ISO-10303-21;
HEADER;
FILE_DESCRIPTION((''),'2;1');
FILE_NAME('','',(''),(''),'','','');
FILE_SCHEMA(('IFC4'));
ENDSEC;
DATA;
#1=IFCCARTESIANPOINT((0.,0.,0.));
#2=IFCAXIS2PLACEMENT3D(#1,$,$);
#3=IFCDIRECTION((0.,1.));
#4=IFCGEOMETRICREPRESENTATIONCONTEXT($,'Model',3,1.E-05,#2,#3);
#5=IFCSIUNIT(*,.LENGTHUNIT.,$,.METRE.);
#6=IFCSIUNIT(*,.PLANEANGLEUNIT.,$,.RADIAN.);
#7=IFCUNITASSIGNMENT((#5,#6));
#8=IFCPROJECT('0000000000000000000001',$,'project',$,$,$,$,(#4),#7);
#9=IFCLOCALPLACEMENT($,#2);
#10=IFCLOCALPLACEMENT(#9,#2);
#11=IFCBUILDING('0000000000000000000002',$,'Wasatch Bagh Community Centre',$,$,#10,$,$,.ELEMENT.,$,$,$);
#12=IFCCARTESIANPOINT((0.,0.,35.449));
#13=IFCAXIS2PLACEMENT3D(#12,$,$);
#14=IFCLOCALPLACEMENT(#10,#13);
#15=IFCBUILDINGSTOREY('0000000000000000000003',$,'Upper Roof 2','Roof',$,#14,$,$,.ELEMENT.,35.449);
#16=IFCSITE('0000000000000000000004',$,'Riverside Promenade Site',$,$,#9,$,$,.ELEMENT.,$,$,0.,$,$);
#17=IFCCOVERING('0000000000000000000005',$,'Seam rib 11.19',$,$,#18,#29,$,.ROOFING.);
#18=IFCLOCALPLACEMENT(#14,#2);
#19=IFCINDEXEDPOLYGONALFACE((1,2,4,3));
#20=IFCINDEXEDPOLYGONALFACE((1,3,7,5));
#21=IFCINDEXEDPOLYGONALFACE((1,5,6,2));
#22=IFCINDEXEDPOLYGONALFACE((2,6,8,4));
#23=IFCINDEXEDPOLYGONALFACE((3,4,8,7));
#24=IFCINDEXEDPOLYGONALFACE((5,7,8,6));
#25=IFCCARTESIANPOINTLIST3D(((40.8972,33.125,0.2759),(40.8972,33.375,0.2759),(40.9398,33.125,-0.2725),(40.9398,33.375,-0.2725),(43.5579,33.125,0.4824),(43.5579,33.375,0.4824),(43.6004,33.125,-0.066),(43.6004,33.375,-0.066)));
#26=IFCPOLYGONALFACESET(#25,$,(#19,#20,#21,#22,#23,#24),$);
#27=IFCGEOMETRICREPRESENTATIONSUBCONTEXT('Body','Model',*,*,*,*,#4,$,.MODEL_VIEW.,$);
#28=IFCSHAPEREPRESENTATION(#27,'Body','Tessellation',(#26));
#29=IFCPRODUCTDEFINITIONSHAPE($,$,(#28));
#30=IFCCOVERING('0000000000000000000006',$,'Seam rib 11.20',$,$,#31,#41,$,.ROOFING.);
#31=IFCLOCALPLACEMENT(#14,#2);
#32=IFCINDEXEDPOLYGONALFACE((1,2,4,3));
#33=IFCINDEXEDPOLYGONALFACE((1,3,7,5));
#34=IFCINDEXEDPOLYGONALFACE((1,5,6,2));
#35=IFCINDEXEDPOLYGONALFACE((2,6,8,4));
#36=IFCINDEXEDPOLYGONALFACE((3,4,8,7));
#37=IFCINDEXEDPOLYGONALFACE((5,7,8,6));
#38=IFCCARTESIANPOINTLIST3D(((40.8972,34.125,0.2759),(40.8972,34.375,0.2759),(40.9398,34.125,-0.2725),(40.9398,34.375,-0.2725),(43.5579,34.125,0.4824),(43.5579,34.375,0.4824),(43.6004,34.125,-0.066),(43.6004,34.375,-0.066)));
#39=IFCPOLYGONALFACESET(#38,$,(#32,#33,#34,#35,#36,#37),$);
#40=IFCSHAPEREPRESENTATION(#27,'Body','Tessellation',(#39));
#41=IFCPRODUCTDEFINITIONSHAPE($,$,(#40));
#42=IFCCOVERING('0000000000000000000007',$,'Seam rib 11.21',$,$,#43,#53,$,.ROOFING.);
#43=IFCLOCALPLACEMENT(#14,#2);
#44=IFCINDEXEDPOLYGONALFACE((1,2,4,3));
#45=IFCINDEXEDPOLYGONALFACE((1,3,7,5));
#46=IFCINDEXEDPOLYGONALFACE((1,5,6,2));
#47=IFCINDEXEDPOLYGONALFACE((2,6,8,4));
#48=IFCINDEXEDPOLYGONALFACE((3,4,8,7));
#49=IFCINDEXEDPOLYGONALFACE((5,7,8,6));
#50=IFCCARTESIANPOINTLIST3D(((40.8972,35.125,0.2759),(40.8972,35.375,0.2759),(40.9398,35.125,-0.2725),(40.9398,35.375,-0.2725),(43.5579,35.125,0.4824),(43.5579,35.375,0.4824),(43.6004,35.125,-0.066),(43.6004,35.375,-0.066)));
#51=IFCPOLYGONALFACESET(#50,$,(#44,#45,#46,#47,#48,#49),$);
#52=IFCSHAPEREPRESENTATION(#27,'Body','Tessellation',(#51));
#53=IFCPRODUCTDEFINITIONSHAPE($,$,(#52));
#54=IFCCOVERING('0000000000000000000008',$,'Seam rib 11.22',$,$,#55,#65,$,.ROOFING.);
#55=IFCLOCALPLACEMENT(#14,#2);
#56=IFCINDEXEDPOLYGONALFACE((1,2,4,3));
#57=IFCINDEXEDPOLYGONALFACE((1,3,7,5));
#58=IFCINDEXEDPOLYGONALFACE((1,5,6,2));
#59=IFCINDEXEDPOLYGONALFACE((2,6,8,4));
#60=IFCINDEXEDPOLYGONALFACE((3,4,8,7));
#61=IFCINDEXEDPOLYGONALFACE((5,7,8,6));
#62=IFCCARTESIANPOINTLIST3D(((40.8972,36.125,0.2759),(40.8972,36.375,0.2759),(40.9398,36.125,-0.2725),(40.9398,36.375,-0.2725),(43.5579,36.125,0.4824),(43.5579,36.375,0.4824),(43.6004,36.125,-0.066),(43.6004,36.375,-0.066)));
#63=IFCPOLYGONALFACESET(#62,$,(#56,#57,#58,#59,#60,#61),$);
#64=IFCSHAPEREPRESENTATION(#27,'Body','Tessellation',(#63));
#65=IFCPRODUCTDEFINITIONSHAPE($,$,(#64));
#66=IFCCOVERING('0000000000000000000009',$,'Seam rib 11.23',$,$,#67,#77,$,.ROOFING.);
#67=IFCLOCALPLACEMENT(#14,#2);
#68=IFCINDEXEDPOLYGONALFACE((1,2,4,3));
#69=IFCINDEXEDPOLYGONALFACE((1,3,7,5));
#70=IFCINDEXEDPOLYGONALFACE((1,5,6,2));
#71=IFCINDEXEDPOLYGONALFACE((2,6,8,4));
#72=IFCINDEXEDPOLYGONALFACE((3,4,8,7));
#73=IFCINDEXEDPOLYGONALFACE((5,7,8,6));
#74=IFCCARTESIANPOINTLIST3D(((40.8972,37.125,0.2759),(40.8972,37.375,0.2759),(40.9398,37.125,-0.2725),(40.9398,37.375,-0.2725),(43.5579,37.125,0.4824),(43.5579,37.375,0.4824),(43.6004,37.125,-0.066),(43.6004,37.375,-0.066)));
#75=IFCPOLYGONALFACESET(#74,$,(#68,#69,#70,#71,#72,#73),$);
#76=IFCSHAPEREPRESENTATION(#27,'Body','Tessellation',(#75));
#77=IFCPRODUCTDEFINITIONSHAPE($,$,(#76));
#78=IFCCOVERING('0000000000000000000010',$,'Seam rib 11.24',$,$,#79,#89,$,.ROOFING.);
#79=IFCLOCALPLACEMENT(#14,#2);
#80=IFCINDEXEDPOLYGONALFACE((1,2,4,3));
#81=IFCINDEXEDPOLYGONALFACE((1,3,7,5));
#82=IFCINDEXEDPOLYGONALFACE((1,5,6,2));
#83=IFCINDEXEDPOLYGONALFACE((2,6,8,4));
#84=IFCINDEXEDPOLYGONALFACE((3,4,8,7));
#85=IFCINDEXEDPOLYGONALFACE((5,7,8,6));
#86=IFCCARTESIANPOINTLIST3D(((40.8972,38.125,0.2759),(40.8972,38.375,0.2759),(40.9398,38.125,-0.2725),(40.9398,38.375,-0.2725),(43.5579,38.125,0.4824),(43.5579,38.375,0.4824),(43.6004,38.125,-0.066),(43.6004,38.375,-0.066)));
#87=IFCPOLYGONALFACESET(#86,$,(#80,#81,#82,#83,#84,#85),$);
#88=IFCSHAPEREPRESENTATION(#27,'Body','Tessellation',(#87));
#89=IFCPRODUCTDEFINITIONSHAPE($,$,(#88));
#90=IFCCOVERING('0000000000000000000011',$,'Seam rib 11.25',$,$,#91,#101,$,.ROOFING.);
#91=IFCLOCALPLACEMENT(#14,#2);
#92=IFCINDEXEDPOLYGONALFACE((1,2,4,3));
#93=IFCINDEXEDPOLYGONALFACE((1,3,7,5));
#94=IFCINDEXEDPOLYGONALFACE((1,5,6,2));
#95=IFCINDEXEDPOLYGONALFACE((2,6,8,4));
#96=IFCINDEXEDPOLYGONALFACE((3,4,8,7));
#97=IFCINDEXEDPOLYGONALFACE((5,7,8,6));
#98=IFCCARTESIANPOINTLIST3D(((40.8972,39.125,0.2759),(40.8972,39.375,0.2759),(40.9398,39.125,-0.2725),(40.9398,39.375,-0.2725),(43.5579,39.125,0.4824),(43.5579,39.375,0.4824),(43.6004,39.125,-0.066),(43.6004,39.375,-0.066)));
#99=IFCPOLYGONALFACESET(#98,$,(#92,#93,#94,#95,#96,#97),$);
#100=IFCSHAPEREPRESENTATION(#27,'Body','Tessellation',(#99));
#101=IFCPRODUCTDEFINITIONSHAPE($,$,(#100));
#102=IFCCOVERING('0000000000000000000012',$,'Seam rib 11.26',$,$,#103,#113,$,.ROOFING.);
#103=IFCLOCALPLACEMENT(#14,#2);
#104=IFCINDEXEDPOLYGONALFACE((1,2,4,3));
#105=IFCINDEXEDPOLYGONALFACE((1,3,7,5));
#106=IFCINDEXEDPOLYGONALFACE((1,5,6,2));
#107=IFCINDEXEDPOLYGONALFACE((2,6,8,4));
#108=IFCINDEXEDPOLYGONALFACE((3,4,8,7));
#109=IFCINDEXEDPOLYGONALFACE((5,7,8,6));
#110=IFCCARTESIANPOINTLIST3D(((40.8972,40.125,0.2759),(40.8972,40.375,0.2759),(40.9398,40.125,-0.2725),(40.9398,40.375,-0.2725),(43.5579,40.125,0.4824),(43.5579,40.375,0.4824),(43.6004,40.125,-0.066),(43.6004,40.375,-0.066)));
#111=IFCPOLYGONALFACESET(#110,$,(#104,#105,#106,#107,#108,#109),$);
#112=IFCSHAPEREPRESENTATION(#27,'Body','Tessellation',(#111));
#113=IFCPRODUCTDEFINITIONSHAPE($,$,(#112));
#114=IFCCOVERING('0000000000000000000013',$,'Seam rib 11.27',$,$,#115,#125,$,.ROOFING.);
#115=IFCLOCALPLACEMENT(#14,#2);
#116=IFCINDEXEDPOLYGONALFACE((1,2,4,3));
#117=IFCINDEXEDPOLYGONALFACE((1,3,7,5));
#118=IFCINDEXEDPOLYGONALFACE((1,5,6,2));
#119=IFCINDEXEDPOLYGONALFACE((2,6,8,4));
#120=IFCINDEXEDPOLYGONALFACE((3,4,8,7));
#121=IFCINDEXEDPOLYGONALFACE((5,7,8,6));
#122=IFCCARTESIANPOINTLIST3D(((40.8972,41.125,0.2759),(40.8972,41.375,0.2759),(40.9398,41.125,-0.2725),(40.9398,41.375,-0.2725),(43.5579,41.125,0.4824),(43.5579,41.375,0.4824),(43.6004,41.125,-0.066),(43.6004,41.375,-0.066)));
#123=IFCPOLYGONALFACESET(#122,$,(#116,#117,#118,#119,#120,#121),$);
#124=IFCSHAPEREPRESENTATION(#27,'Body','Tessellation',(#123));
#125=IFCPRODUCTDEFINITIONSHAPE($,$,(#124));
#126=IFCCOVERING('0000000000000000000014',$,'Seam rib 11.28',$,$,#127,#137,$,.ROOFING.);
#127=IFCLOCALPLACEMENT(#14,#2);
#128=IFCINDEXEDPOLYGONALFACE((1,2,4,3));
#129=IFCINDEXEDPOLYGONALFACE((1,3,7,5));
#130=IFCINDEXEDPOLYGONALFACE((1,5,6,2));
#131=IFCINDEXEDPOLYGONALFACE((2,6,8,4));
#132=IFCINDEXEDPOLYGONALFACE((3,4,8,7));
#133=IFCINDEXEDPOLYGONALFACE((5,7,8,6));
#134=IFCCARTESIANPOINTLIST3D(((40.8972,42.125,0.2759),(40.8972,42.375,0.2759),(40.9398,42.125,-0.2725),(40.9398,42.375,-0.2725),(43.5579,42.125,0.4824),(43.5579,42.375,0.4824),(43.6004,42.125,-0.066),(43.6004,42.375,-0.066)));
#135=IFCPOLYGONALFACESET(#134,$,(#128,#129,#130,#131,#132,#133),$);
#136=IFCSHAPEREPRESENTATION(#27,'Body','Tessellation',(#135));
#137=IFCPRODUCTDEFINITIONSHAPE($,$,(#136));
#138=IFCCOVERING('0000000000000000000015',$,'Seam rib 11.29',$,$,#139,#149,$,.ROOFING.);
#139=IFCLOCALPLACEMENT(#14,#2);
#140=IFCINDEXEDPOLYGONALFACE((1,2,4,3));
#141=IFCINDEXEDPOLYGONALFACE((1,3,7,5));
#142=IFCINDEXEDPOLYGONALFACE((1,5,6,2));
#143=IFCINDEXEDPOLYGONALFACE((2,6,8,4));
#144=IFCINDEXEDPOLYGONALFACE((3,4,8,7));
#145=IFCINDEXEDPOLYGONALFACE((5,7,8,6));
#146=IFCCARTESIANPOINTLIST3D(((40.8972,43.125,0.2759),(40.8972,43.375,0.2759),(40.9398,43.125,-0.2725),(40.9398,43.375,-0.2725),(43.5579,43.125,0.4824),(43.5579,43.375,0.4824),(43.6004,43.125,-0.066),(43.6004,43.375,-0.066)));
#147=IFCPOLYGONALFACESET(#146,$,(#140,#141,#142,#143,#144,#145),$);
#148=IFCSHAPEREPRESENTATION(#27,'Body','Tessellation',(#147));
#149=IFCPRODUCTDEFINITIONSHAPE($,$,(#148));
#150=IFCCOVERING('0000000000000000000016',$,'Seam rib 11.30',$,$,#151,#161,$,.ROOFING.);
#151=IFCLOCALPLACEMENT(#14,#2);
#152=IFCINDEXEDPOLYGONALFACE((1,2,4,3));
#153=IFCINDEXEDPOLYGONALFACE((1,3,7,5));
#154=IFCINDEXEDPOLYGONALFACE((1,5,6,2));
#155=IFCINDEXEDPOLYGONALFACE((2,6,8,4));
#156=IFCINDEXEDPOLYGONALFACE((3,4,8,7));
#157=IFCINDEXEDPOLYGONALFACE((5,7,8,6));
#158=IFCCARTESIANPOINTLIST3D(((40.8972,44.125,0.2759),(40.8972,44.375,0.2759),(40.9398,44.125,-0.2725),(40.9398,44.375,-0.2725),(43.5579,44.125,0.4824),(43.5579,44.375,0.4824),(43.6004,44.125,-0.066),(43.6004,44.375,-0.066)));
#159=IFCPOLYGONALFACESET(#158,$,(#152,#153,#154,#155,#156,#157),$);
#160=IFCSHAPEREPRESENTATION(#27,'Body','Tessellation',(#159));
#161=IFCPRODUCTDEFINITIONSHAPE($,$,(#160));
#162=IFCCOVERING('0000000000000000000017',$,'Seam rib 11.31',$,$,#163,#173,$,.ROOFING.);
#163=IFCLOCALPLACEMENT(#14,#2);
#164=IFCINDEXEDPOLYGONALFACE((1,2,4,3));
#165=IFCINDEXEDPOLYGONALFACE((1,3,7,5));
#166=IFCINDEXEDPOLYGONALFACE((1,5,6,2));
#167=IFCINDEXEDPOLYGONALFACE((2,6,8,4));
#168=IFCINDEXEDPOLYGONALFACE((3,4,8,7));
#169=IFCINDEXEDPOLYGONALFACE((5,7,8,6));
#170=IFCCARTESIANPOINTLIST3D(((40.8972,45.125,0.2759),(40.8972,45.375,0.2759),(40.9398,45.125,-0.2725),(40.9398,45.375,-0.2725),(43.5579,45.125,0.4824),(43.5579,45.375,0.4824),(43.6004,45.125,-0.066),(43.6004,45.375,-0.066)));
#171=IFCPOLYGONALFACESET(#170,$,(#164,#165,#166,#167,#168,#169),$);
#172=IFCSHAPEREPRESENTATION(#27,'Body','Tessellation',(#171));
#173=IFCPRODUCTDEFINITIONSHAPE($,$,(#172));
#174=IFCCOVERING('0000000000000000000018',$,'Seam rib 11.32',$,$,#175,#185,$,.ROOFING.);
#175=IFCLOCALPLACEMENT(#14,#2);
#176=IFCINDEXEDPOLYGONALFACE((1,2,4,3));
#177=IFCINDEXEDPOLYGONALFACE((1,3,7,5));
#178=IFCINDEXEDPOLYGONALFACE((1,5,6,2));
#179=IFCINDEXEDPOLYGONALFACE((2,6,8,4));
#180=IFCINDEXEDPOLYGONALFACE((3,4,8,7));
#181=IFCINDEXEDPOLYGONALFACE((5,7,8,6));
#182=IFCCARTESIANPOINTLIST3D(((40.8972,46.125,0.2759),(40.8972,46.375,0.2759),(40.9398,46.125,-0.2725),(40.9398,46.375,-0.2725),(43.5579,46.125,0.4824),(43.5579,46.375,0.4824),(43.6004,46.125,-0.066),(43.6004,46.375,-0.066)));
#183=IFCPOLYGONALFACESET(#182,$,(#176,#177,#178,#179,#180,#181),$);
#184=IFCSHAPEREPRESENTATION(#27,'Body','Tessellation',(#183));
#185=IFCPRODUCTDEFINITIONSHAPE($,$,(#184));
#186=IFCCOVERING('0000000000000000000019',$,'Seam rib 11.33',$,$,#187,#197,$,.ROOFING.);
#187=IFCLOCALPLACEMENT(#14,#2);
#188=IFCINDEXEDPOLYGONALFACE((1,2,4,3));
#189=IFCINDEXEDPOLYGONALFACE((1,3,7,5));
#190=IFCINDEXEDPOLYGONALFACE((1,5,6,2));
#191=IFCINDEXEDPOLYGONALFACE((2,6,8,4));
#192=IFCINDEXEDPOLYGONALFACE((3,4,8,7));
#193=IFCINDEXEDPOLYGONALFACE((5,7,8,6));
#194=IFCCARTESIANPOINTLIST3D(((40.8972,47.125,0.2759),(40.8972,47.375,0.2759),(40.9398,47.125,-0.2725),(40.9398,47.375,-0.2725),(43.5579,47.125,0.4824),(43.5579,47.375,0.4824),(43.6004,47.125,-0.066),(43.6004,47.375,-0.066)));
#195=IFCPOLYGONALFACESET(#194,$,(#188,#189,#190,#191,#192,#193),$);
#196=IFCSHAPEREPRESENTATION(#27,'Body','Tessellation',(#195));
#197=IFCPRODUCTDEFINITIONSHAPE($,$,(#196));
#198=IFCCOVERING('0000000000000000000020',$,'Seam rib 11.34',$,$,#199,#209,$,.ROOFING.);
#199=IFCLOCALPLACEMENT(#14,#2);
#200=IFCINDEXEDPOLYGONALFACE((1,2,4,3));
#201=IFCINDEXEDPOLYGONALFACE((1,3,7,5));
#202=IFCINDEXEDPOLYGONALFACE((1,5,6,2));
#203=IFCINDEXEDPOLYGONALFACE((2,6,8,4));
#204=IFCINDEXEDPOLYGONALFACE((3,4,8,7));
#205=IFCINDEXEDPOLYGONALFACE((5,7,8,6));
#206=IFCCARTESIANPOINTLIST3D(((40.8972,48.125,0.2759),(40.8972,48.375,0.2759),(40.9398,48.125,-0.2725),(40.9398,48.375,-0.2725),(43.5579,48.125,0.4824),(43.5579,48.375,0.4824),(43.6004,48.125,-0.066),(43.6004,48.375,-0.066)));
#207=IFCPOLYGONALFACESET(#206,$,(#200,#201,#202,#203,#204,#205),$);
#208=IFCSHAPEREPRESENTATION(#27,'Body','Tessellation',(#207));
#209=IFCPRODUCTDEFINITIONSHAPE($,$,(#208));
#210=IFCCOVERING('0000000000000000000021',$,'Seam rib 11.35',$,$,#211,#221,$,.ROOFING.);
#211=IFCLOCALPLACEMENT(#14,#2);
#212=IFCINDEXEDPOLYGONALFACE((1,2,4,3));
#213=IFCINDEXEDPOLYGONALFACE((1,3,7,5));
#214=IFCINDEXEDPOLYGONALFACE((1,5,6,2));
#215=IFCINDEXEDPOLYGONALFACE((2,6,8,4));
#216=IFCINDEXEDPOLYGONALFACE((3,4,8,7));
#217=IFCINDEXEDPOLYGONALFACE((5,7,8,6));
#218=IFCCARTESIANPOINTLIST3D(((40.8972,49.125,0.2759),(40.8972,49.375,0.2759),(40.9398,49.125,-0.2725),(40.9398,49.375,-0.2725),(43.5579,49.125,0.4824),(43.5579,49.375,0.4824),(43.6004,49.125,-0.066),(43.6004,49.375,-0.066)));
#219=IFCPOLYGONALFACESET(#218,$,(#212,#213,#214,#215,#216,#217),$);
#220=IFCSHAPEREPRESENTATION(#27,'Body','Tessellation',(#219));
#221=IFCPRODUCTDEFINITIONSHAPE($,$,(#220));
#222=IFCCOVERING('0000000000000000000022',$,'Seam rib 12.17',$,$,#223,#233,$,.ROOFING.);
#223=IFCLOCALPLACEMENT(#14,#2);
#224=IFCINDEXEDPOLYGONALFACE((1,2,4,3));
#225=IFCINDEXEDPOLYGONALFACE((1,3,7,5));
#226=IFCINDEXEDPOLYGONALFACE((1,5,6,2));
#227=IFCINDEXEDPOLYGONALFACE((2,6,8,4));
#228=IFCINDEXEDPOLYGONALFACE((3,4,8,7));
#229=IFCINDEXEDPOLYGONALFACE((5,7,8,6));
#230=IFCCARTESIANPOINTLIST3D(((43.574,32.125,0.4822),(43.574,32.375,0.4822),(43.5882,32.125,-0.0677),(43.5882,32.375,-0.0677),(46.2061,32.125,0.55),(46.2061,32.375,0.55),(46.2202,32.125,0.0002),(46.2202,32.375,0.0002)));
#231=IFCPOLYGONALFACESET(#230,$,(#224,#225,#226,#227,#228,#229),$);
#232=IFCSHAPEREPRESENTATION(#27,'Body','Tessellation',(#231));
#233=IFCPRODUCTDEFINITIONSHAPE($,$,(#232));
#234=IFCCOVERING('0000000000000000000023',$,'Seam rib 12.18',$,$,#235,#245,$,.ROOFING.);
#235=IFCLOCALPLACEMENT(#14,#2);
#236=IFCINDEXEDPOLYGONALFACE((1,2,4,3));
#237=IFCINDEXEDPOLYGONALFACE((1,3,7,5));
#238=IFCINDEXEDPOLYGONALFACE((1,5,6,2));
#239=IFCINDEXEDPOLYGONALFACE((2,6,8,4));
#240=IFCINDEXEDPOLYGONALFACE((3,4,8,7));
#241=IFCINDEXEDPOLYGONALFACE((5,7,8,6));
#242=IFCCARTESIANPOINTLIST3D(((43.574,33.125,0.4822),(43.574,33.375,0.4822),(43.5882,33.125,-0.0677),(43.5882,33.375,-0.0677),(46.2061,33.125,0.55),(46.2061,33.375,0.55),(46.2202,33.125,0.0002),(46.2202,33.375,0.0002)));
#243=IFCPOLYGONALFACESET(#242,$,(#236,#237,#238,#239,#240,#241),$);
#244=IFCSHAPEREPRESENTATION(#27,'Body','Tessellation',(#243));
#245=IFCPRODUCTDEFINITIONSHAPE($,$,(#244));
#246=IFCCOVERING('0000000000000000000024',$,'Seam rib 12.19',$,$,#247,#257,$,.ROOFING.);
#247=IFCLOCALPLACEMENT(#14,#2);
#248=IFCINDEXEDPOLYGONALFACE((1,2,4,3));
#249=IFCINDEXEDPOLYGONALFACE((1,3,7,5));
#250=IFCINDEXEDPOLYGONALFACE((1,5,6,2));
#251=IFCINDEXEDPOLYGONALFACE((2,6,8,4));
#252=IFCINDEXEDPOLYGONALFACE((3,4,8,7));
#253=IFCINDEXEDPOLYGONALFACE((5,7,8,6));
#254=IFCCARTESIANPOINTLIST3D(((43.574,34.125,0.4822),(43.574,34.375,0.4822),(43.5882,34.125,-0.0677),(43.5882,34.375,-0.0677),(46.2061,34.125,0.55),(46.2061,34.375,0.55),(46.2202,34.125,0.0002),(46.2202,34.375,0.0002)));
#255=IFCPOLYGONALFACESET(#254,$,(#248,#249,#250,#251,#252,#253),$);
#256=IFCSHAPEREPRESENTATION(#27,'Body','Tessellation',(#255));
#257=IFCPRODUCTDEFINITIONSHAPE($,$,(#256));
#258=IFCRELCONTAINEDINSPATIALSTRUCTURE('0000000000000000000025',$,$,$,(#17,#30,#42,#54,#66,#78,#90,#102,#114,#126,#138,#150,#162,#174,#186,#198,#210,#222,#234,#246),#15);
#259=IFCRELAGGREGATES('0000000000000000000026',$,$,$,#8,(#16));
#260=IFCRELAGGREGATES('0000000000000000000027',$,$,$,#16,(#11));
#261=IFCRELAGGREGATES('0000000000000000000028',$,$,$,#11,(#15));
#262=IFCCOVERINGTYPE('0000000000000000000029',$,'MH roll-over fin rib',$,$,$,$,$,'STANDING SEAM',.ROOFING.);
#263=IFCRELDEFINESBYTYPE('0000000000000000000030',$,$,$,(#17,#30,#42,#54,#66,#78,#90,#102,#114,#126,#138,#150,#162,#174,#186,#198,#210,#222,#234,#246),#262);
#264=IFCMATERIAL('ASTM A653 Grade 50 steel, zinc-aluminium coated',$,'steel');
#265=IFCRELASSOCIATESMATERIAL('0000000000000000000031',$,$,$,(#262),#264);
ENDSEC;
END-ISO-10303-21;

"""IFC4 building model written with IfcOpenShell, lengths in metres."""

from ifc_helpers import new_model, si_unit, direction, frame, origin, place, context, subcontext, project, spatial, polyline, outline, extrude, material, type_object, element, save


model = new_model("IFC4")

# Units and contexts
model_context = context("Model", 3, precision=1e-05, world=origin(), true_north=direction((0.0, 1.0)))
body_context = subcontext(model_context, "Body", "Model", "MODEL_VIEW")
ifc_project = project(units=[si_unit("LENGTHUNIT", "METRE"), si_unit("PLANEANGLEUNIT", "RADIAN")], contexts=[model_context])

# Site, building, storey
site_placement = place(None, origin())
site = spatial("IfcSite", under=ifc_project, at=site_placement, Name="Riverside Promenade Site", CompositionType="ELEMENT", RefElevation=0.0)
building_placement = place(site_placement, origin())
building = spatial("IfcBuilding", under=site, at=building_placement, Name="Wasatch Bagh Community Centre", CompositionType="ELEMENT")
storey_placement = place(building_placement, frame((0.0, 0.0, 35.449)))
storey = spatial("IfcBuildingStorey", under=building, at=storey_placement, Name="Upper Roof 2", Description="Roof", CompositionType="ELEMENT", Elevation=35.449)

# Coverings
ifc_material = material(Name="ASTM A653 Grade 50 steel, zinc-aluminium coated", Category="steel")
covering_type = type_object("IfcCoveringType", Name="MH roll-over fin rib", ElementType="STANDING SEAM", PredefinedType="ROOFING", material=ifc_material)
for number, where, z_axis, x_axis, name in (
    (1, (40.8972, 33.125, 0.2759), (-0.077396, 0.0, 0.997), (0.997, 0.0, 0.077396), "Seam rib 11.19"),
    (2, (40.8972, 34.125, 0.2759), (-0.077396, 0.0, 0.997), (0.997, 0.0, 0.077396), "Seam rib 11.20"),
    (3, (40.8972, 35.125, 0.2759), (-0.077396, 0.0, 0.997), (0.997, 0.0, 0.077396), "Seam rib 11.21"),
    (4, (40.8972, 36.125, 0.2759), (-0.077396, 0.0, 0.997), (0.997, 0.0, 0.077396), "Seam rib 11.22"),
    (5, (40.8972, 37.125, 0.2759), (-0.077396, 0.0, 0.997), (0.997, 0.0, 0.077396), "Seam rib 11.23"),
    (6, (40.8972, 38.125, 0.2759), (-0.077396, 0.0, 0.997), (0.997, 0.0, 0.077396), "Seam rib 11.24"),
    (7, (40.8972, 39.125, 0.2759), (-0.077396, 0.0, 0.997), (0.997, 0.0, 0.077396), "Seam rib 11.25"),
    (8, (40.8972, 40.125, 0.2759), (-0.077396, 0.0, 0.997), (0.997, 0.0, 0.077396), "Seam rib 11.26"),
    (9, (40.8972, 41.125, 0.2759), (-0.077396, 0.0, 0.997), (0.997, 0.0, 0.077396), "Seam rib 11.27"),
    (10, (40.8972, 42.125, 0.2759), (-0.077396, 0.0, 0.997), (0.997, 0.0, 0.077396), "Seam rib 11.28"),
    (11, (40.8972, 43.125, 0.2759), (-0.077396, 0.0, 0.997), (0.997, 0.0, 0.077396), "Seam rib 11.29"),
    (12, (40.8972, 44.125, 0.2759), (-0.077396, 0.0, 0.997), (0.997, 0.0, 0.077396), "Seam rib 11.30"),
    (13, (40.8972, 45.125, 0.2759), (-0.077396, 0.0, 0.997), (0.997, 0.0, 0.077396), "Seam rib 11.31"),
    (14, (40.8972, 46.125, 0.2759), (-0.077396, 0.0, 0.997), (0.997, 0.0, 0.077396), "Seam rib 11.32"),
    (15, (40.8972, 47.125, 0.2759), (-0.077396, 0.0, 0.997), (0.997, 0.0, 0.077396), "Seam rib 11.33"),
    (16, (40.8972, 48.125, 0.2759), (-0.077396, 0.0, 0.997), (0.997, 0.0, 0.077396), "Seam rib 11.34"),
    (17, (40.8972, 49.125, 0.2759), (-0.077396, 0.0, 0.997), (0.997, 0.0, 0.077396), "Seam rib 11.35"),
):
    element("IfcCovering", number, at=place(storey_placement, frame(where, z_axis=z_axis, x_axis=x_axis)), inside=storey, type_object=covering_type, Name=name, PredefinedType="ROOFING", context=body_context, shape_type="SweptSolid", body=[
        extrude(outline(polyline([(0.0, 0.0), (2.6686, 0.0), (2.6686, 0.25), (0.0, 0.25), (0.0, 0.0)])), origin(), (0.0, 0.0, -1.0), 0.55),
    ])
for number, where, z_axis, x_axis, name in (
    (18, (43.574, 32.125, 0.4822), (-0.025778, 0.0, 0.999668), (0.999668, 0.0, 0.025778), "Seam rib 12.17"),
    (19, (43.574, 33.125, 0.4822), (-0.025778, 0.0, 0.999668), (0.999668, 0.0, 0.025778), "Seam rib 12.18"),
    (20, (43.574, 34.125, 0.4822), (-0.025778, 0.0, 0.999668), (0.999668, 0.0, 0.025778), "Seam rib 12.19"),
):
    element("IfcCovering", number, at=place(storey_placement, frame(where, z_axis=z_axis, x_axis=x_axis)), inside=storey, type_object=covering_type, Name=name, PredefinedType="ROOFING", context=body_context, shape_type="SweptSolid", body=[
        extrude(outline(polyline([(0.0, 0.0), (2.633, 0.0), (2.633, 0.25), (0.0, 0.25), (0.0, 0.0)])), origin(), (0.0, 0.0, -1.0), 0.55),
    ])

save(model, "model.ifc")
